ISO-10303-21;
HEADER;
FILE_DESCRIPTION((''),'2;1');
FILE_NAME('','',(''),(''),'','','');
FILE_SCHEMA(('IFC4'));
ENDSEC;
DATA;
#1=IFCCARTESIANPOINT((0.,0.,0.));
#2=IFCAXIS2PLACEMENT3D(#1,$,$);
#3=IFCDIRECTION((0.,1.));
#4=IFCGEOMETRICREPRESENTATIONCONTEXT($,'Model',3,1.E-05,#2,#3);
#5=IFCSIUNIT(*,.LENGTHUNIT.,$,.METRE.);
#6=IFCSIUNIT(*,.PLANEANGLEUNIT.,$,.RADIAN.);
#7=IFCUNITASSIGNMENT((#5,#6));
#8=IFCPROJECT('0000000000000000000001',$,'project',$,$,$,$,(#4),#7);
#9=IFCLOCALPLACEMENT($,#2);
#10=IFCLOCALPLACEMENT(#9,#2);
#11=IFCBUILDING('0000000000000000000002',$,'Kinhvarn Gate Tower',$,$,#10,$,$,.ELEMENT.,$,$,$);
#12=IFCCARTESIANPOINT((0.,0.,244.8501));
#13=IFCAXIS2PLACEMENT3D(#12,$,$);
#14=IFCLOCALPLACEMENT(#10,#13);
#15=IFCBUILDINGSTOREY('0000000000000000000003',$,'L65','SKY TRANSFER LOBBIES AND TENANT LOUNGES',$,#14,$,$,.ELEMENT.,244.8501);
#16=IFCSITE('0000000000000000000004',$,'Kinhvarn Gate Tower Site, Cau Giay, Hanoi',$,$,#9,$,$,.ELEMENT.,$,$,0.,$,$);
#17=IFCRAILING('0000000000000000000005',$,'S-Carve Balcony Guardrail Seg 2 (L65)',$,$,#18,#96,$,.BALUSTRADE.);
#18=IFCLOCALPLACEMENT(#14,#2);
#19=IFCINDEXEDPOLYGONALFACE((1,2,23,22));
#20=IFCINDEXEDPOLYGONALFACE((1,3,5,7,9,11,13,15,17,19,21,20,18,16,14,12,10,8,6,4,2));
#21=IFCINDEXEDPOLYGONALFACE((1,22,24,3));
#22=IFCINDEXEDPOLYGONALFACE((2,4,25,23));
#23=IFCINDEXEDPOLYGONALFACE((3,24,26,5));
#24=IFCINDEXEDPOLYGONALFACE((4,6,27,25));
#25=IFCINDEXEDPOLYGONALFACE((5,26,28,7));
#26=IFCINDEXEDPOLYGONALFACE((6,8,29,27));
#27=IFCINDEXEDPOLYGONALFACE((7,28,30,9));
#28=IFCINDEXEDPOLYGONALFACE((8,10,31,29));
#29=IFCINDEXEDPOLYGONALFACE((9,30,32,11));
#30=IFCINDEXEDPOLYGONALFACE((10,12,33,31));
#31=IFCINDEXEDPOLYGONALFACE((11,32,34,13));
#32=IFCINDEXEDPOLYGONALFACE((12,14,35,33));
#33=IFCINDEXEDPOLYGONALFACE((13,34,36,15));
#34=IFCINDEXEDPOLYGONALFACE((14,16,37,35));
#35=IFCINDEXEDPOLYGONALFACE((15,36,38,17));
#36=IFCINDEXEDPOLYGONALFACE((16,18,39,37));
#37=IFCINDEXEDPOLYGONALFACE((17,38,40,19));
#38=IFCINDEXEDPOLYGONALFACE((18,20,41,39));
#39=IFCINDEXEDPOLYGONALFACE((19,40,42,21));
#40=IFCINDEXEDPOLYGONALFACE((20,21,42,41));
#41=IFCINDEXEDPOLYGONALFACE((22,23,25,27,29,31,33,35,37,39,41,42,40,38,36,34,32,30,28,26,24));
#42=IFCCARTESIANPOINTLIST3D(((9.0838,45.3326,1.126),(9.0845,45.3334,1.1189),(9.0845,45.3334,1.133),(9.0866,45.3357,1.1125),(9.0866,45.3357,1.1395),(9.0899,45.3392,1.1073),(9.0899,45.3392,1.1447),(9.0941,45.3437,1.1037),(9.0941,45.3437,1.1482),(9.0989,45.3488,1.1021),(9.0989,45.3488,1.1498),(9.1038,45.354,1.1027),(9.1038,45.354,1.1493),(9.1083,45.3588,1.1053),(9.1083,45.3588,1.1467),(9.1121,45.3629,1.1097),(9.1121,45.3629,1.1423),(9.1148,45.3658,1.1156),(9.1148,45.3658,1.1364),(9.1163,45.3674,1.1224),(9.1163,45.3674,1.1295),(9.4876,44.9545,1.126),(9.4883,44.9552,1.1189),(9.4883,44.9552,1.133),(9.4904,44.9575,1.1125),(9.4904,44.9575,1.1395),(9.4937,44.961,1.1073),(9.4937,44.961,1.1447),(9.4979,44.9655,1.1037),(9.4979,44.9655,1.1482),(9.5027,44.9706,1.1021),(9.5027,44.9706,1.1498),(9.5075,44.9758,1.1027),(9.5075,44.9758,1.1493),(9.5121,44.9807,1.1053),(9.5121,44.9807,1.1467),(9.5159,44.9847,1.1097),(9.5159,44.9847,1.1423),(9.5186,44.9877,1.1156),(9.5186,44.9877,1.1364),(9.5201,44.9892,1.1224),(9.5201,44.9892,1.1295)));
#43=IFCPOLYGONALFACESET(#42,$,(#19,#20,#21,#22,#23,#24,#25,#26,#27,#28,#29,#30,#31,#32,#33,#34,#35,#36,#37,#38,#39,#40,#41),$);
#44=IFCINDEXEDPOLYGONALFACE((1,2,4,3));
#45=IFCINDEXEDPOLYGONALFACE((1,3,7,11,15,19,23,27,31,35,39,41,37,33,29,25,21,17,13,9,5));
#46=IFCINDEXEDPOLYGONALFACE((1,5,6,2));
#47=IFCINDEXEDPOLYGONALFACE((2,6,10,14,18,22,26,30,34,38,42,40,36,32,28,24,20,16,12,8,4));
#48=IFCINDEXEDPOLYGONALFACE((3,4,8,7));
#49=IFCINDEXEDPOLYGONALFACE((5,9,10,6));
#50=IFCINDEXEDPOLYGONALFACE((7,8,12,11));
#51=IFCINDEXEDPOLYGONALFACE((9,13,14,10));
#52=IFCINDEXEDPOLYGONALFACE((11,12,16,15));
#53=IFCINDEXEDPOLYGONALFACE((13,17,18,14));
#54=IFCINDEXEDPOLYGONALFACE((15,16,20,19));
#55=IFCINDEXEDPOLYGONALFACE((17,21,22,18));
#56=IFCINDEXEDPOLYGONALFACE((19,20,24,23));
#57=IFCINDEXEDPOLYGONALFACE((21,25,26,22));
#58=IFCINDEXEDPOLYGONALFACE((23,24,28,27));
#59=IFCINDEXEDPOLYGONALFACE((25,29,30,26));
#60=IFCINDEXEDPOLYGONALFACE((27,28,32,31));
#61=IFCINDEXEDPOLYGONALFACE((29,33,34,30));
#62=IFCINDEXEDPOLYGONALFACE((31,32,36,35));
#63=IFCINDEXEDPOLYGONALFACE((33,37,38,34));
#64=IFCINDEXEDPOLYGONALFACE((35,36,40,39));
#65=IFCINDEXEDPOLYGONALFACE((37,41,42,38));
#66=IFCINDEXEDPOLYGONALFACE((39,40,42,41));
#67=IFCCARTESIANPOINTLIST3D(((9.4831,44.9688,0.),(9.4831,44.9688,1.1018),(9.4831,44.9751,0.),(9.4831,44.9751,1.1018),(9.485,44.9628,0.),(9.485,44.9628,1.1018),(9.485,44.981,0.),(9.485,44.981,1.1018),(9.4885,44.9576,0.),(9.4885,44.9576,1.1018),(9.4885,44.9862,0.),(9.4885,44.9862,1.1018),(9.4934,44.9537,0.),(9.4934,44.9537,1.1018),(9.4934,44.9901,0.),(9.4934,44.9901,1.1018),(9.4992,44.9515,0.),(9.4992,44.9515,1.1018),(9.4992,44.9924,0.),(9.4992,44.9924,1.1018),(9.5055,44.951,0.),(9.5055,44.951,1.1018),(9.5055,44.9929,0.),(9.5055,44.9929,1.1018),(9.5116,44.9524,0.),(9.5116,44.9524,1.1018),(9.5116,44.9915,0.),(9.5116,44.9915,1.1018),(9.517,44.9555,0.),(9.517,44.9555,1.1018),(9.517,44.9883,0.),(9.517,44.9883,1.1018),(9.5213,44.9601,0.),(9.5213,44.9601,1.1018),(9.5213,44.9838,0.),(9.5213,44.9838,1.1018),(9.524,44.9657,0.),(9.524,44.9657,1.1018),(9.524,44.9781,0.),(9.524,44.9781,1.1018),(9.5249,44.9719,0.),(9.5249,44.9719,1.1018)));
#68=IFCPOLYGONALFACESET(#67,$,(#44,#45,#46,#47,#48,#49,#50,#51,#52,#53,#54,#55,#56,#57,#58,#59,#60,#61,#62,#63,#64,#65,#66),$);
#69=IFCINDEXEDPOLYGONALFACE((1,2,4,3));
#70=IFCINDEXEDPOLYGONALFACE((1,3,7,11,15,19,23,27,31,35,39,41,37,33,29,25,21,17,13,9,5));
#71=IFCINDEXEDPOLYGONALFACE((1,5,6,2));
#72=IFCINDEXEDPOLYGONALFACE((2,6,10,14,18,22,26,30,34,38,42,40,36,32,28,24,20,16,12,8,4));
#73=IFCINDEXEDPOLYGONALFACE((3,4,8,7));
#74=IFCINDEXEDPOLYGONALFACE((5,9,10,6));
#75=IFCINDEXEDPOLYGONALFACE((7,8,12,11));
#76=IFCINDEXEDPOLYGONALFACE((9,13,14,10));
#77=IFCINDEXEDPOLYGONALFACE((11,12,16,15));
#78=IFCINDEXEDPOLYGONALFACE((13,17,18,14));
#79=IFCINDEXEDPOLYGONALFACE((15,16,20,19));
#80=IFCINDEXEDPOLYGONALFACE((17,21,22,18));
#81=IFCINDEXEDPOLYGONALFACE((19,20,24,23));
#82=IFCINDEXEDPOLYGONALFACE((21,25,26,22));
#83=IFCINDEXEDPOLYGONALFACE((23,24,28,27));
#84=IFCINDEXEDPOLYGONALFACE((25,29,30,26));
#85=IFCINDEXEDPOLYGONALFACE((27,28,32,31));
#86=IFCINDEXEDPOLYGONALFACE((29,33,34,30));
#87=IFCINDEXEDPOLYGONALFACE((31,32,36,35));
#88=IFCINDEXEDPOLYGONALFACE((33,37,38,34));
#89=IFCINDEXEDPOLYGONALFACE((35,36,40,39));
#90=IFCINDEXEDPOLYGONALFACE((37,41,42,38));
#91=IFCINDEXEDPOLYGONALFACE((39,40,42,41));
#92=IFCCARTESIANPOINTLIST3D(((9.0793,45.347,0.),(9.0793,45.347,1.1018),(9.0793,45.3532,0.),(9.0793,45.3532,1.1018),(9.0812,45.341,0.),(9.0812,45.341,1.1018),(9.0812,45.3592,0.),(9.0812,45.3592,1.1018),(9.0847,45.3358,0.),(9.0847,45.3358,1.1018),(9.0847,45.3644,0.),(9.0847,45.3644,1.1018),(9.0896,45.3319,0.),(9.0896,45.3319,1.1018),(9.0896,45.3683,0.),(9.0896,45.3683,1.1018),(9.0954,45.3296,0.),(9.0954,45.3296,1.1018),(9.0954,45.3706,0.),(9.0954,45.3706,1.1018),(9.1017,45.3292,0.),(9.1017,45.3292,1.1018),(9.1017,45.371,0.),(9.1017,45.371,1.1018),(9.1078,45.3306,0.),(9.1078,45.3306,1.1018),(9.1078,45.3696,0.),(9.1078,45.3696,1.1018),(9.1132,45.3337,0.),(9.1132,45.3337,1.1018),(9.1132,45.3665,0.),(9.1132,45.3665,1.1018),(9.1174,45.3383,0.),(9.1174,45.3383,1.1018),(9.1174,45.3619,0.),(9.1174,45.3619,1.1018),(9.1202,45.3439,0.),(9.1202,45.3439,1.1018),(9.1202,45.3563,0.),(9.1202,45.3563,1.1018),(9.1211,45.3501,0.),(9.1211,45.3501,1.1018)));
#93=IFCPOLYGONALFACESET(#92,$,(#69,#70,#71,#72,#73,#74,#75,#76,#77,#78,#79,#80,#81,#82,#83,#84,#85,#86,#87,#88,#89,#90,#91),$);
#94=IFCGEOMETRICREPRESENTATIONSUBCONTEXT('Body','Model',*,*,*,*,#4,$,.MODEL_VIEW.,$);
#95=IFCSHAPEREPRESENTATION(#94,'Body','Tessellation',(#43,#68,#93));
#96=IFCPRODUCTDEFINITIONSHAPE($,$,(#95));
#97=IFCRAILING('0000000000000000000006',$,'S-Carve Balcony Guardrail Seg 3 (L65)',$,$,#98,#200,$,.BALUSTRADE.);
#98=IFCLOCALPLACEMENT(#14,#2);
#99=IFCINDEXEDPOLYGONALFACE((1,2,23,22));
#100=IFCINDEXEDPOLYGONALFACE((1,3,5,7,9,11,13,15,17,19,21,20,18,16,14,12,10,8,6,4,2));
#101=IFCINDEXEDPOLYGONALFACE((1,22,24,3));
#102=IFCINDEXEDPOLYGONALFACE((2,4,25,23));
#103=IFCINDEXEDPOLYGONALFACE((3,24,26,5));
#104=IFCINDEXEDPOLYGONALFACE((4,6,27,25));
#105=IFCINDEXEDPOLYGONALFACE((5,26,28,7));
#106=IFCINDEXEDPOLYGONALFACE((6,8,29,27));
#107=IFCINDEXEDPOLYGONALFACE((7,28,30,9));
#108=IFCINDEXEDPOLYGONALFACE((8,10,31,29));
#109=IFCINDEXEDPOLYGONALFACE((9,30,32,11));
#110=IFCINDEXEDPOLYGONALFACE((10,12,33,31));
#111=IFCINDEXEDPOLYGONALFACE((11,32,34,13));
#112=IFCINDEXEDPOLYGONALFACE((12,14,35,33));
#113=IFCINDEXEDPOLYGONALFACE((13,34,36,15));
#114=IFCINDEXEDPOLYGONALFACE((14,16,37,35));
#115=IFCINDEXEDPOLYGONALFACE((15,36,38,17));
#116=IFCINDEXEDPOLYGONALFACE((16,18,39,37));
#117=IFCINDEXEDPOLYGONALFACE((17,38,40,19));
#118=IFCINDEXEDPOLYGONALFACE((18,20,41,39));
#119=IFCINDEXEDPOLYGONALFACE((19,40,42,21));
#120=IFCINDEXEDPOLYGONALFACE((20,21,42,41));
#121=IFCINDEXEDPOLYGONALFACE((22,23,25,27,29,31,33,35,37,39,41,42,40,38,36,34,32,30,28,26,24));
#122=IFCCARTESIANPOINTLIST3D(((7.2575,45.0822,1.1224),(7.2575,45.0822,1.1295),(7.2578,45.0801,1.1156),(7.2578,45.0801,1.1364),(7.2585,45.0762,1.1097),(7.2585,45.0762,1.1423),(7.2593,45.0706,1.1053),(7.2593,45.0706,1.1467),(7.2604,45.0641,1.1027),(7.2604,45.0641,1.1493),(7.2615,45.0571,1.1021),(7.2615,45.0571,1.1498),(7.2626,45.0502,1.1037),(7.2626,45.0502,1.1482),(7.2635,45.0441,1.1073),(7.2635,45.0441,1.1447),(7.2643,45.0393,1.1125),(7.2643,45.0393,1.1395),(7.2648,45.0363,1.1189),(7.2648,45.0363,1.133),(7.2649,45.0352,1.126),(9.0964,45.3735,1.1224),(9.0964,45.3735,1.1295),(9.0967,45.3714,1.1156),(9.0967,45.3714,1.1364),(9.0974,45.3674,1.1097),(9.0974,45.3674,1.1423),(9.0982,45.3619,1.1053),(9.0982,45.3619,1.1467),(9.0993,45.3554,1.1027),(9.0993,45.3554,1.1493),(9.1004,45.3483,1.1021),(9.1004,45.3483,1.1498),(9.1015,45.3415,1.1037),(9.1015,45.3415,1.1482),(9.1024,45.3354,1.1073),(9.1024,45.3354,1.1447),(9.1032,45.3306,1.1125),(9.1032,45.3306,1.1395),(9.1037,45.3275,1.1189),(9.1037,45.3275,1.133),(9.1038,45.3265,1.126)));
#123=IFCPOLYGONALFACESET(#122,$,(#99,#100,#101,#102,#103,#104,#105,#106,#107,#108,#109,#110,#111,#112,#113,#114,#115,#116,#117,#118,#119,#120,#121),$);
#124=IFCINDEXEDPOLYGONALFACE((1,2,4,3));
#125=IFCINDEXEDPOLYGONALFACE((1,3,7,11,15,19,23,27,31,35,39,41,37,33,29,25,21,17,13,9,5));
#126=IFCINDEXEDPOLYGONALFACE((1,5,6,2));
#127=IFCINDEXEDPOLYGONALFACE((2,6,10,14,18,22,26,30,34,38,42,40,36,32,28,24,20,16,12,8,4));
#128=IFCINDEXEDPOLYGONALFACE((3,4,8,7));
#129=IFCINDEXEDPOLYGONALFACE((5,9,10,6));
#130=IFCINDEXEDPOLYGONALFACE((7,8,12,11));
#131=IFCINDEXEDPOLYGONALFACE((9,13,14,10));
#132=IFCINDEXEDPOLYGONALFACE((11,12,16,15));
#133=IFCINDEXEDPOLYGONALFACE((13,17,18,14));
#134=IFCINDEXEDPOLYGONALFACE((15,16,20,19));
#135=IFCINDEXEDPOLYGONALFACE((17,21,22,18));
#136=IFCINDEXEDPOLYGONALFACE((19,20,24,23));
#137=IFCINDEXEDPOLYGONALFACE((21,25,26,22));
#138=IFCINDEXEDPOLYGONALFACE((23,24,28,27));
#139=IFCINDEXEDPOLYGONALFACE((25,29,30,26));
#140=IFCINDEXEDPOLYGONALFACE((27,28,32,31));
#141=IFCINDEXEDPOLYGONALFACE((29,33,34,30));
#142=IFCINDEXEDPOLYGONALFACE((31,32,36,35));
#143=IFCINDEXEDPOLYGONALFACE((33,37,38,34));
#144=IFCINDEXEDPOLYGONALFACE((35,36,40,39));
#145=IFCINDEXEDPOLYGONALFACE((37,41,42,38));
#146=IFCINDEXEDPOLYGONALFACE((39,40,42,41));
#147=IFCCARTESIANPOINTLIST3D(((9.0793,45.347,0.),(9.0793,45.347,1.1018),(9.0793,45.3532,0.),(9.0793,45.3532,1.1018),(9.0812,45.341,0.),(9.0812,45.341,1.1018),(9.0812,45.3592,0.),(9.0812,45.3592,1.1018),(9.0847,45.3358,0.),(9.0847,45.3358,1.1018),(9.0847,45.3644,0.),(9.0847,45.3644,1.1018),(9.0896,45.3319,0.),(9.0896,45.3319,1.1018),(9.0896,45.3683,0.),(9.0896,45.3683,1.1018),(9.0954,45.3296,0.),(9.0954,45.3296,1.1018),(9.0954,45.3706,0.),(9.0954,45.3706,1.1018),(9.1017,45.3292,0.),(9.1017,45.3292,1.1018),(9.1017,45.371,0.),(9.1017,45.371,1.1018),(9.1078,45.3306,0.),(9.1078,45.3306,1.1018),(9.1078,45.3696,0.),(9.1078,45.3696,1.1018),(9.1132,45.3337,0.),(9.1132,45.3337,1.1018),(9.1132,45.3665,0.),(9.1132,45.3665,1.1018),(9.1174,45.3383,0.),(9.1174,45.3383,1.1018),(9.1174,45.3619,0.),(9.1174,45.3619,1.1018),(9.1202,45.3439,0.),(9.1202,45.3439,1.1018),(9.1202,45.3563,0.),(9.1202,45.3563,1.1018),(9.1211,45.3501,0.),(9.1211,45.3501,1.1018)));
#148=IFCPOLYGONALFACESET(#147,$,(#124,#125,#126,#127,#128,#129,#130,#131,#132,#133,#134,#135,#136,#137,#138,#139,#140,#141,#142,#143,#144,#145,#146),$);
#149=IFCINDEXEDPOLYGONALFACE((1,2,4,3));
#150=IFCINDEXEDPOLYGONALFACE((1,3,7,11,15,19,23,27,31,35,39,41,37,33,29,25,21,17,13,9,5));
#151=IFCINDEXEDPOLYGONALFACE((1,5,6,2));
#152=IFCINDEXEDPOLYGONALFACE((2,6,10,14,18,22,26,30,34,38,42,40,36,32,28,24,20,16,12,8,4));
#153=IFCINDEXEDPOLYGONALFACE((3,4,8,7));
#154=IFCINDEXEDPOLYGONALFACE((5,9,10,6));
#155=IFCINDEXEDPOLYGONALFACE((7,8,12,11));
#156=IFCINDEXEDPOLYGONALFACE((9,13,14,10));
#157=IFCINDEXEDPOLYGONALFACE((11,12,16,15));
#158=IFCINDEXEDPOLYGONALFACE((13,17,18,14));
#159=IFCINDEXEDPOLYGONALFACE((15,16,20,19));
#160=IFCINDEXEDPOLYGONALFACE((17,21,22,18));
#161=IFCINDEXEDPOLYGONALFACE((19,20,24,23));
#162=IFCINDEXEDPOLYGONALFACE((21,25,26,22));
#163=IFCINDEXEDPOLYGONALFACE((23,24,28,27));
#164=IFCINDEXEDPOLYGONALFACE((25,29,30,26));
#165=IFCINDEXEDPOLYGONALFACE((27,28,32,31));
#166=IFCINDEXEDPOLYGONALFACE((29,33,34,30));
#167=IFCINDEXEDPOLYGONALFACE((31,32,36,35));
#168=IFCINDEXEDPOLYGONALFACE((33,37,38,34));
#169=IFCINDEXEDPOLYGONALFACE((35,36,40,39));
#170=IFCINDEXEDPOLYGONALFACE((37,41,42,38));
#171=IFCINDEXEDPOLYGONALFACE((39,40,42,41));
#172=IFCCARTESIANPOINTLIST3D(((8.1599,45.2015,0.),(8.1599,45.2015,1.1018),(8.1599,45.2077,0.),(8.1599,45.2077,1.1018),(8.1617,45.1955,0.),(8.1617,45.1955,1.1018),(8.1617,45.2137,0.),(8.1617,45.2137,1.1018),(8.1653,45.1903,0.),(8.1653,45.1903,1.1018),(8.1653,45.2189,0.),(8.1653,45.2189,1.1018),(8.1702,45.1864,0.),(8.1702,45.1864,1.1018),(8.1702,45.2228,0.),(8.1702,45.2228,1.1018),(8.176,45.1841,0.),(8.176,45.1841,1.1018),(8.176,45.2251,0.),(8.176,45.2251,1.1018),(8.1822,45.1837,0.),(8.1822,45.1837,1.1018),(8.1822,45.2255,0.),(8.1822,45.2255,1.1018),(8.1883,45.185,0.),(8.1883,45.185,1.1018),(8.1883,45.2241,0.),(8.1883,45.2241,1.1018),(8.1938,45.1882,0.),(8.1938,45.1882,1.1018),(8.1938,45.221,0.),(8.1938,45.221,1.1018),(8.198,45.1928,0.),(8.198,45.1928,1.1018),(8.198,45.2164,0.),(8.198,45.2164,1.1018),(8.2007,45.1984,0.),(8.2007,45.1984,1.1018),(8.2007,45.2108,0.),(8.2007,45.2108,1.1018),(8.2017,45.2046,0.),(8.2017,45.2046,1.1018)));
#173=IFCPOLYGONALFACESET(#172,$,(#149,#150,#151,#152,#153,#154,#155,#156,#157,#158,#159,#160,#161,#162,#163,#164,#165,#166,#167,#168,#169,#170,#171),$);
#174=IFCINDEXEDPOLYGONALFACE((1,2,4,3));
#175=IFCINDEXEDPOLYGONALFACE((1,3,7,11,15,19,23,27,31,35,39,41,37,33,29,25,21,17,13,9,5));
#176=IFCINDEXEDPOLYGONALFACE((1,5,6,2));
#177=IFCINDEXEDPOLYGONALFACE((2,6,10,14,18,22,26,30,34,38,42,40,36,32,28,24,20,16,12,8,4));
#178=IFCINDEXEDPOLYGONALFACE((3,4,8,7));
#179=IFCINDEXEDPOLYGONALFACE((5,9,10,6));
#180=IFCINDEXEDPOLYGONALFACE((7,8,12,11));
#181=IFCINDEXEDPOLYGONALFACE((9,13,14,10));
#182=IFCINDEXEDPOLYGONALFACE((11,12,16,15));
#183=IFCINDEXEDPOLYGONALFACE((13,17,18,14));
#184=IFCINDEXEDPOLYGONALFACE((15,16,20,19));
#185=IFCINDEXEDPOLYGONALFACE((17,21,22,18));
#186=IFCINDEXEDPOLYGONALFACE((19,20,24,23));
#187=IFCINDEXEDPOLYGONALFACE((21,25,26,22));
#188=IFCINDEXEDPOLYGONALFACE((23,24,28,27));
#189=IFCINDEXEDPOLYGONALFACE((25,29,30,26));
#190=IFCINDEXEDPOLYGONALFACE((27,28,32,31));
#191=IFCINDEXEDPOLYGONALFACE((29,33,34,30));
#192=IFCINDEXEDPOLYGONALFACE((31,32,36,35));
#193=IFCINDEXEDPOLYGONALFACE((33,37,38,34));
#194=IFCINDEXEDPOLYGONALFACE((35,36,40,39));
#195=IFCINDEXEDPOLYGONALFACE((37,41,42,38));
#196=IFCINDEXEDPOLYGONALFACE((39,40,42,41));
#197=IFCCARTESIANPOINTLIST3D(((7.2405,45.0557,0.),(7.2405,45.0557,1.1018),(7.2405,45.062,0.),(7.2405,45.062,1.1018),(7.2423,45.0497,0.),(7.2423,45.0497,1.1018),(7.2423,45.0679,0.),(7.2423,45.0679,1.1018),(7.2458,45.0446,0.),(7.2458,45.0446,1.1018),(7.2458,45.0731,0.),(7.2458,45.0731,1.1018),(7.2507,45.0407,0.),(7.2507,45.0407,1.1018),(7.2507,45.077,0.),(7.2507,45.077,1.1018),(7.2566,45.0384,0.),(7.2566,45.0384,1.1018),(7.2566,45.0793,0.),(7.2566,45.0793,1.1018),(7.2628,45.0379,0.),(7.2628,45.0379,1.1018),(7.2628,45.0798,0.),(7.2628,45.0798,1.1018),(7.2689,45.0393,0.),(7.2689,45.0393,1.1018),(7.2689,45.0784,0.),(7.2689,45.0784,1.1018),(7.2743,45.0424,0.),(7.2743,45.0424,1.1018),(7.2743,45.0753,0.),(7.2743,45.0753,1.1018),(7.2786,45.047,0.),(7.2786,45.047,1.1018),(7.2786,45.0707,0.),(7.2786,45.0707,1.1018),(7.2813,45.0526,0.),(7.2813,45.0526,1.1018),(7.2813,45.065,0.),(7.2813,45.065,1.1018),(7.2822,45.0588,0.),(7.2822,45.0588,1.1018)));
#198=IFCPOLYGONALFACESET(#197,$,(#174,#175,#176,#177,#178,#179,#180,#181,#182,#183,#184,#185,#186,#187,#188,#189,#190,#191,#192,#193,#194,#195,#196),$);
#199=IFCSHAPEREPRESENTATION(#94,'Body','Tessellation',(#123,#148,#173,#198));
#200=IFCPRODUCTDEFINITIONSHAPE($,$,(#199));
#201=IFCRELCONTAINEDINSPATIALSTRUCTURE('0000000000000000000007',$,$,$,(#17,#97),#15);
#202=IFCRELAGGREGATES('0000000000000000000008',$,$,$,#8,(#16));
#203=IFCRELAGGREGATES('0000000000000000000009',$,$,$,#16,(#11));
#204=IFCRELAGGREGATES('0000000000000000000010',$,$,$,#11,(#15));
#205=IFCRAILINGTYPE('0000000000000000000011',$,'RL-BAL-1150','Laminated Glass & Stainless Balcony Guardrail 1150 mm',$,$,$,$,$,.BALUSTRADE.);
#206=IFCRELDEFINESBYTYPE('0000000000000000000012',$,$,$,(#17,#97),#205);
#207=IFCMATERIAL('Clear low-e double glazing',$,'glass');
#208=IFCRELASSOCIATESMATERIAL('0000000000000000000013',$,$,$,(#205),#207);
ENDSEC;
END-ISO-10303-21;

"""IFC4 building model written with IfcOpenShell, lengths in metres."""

from ifc_helpers import new_model, si_unit, direction, frame, origin, origin_2d, place, context, subcontext, project, spatial, circle, extrude, material, type_object, element, save


model = new_model("IFC4")

# Units and contexts
model_context = context("Model", 3, precision=1e-05, world=origin(), true_north=direction((0.0, 1.0)))
body_context = subcontext(model_context, "Body", "Model", "MODEL_VIEW")
ifc_project = project(units=[si_unit("LENGTHUNIT", "METRE"), si_unit("PLANEANGLEUNIT", "RADIAN")], contexts=[model_context])

# Site, building, storey
site_placement = place(None, origin())
site = spatial("IfcSite", under=ifc_project, at=site_placement, Name="Kinhvarn Gate Tower Site, Cau Giay, Hanoi", CompositionType="ELEMENT", RefElevation=0.0)
building_placement = place(site_placement, origin())
building = spatial("IfcBuilding", under=site, at=building_placement, Name="Kinhvarn Gate Tower", CompositionType="ELEMENT")
storey_placement = place(building_placement, frame((0.0, 0.0, 244.8501)))
storey = spatial("IfcBuildingStorey", under=building, at=storey_placement, Name="L65", Description="SKY TRANSFER LOBBIES AND TENANT LOUNGES", CompositionType="ELEMENT", Elevation=244.8501)

# Shared definitions
ifc_material_1 = material(Name="Clear low-e double glazing", Category="glass")

# Railings
railing_type_1 = type_object("IfcRailingType", Name="RL-BAL-1150", Description="Laminated Glass & Stainless Balcony Guardrail 1150 mm", PredefinedType="BALUSTRADE", material=ifc_material_1)
railing_1_placement = place(storey_placement, frame((9.5039, 44.9719, 0.0)))
element("IfcRailing", 1, at=railing_1_placement, inside=storey, type_object=railing_type_1, Name="S-Carve Balcony Guardrail Seg 2 (L65)", PredefinedType="BALUSTRADE", context=body_context, shape_type="SweptSolid", body=[
    extrude(circle(Radius=0.0239, at=origin_2d()), frame((0.0, 0.0, 1.126), z_axis=(-0.729895, 0.683559, 0.0), x_axis=(-0.683559, -0.729895, 0.0)), (0.0, 0.0, 1.0), 0.5532),
    extrude(circle(Radius=0.021, at=origin_2d()), origin(), (0.0, 0.0, 1.0), 1.1018),
    extrude(circle(Radius=0.021, at=origin_2d()), frame((-0.4038, 0.3782, 0.0)), (0.0, 0.0, 1.0), 1.1018),
])
railing_2_placement = place(storey_placement, frame((9.1001, 45.3501, 0.0)))
element("IfcRailing", 2, at=railing_2_placement, inside=storey, type_object=railing_type_1, Name="S-Carve Balcony Guardrail Seg 3 (L65)", PredefinedType="BALUSTRADE", context=body_context, shape_type="SweptSolid", body=[
    extrude(circle(Radius=0.0239, at=origin_2d()), frame((0.0, 0.0, 1.126), z_axis=(-0.987687, -0.156441, 0.0), x_axis=(0.156441, -0.987687, 0.0)), (0.0, 0.0, 1.0), 1.8618),
    extrude(circle(Radius=0.021, at=origin_2d()), origin(), (0.0, 0.0, 1.0), 1.1018),
    extrude(circle(Radius=0.021, at=origin_2d()), frame((-0.9194, -0.1455, 0.0)), (0.0, 0.0, 1.0), 1.1018),
    extrude(circle(Radius=0.021, at=origin_2d()), frame((-1.8389, -0.2913, 0.0)), (0.0, 0.0, 1.0), 1.1018),
])

save(model, "model.ifc")
